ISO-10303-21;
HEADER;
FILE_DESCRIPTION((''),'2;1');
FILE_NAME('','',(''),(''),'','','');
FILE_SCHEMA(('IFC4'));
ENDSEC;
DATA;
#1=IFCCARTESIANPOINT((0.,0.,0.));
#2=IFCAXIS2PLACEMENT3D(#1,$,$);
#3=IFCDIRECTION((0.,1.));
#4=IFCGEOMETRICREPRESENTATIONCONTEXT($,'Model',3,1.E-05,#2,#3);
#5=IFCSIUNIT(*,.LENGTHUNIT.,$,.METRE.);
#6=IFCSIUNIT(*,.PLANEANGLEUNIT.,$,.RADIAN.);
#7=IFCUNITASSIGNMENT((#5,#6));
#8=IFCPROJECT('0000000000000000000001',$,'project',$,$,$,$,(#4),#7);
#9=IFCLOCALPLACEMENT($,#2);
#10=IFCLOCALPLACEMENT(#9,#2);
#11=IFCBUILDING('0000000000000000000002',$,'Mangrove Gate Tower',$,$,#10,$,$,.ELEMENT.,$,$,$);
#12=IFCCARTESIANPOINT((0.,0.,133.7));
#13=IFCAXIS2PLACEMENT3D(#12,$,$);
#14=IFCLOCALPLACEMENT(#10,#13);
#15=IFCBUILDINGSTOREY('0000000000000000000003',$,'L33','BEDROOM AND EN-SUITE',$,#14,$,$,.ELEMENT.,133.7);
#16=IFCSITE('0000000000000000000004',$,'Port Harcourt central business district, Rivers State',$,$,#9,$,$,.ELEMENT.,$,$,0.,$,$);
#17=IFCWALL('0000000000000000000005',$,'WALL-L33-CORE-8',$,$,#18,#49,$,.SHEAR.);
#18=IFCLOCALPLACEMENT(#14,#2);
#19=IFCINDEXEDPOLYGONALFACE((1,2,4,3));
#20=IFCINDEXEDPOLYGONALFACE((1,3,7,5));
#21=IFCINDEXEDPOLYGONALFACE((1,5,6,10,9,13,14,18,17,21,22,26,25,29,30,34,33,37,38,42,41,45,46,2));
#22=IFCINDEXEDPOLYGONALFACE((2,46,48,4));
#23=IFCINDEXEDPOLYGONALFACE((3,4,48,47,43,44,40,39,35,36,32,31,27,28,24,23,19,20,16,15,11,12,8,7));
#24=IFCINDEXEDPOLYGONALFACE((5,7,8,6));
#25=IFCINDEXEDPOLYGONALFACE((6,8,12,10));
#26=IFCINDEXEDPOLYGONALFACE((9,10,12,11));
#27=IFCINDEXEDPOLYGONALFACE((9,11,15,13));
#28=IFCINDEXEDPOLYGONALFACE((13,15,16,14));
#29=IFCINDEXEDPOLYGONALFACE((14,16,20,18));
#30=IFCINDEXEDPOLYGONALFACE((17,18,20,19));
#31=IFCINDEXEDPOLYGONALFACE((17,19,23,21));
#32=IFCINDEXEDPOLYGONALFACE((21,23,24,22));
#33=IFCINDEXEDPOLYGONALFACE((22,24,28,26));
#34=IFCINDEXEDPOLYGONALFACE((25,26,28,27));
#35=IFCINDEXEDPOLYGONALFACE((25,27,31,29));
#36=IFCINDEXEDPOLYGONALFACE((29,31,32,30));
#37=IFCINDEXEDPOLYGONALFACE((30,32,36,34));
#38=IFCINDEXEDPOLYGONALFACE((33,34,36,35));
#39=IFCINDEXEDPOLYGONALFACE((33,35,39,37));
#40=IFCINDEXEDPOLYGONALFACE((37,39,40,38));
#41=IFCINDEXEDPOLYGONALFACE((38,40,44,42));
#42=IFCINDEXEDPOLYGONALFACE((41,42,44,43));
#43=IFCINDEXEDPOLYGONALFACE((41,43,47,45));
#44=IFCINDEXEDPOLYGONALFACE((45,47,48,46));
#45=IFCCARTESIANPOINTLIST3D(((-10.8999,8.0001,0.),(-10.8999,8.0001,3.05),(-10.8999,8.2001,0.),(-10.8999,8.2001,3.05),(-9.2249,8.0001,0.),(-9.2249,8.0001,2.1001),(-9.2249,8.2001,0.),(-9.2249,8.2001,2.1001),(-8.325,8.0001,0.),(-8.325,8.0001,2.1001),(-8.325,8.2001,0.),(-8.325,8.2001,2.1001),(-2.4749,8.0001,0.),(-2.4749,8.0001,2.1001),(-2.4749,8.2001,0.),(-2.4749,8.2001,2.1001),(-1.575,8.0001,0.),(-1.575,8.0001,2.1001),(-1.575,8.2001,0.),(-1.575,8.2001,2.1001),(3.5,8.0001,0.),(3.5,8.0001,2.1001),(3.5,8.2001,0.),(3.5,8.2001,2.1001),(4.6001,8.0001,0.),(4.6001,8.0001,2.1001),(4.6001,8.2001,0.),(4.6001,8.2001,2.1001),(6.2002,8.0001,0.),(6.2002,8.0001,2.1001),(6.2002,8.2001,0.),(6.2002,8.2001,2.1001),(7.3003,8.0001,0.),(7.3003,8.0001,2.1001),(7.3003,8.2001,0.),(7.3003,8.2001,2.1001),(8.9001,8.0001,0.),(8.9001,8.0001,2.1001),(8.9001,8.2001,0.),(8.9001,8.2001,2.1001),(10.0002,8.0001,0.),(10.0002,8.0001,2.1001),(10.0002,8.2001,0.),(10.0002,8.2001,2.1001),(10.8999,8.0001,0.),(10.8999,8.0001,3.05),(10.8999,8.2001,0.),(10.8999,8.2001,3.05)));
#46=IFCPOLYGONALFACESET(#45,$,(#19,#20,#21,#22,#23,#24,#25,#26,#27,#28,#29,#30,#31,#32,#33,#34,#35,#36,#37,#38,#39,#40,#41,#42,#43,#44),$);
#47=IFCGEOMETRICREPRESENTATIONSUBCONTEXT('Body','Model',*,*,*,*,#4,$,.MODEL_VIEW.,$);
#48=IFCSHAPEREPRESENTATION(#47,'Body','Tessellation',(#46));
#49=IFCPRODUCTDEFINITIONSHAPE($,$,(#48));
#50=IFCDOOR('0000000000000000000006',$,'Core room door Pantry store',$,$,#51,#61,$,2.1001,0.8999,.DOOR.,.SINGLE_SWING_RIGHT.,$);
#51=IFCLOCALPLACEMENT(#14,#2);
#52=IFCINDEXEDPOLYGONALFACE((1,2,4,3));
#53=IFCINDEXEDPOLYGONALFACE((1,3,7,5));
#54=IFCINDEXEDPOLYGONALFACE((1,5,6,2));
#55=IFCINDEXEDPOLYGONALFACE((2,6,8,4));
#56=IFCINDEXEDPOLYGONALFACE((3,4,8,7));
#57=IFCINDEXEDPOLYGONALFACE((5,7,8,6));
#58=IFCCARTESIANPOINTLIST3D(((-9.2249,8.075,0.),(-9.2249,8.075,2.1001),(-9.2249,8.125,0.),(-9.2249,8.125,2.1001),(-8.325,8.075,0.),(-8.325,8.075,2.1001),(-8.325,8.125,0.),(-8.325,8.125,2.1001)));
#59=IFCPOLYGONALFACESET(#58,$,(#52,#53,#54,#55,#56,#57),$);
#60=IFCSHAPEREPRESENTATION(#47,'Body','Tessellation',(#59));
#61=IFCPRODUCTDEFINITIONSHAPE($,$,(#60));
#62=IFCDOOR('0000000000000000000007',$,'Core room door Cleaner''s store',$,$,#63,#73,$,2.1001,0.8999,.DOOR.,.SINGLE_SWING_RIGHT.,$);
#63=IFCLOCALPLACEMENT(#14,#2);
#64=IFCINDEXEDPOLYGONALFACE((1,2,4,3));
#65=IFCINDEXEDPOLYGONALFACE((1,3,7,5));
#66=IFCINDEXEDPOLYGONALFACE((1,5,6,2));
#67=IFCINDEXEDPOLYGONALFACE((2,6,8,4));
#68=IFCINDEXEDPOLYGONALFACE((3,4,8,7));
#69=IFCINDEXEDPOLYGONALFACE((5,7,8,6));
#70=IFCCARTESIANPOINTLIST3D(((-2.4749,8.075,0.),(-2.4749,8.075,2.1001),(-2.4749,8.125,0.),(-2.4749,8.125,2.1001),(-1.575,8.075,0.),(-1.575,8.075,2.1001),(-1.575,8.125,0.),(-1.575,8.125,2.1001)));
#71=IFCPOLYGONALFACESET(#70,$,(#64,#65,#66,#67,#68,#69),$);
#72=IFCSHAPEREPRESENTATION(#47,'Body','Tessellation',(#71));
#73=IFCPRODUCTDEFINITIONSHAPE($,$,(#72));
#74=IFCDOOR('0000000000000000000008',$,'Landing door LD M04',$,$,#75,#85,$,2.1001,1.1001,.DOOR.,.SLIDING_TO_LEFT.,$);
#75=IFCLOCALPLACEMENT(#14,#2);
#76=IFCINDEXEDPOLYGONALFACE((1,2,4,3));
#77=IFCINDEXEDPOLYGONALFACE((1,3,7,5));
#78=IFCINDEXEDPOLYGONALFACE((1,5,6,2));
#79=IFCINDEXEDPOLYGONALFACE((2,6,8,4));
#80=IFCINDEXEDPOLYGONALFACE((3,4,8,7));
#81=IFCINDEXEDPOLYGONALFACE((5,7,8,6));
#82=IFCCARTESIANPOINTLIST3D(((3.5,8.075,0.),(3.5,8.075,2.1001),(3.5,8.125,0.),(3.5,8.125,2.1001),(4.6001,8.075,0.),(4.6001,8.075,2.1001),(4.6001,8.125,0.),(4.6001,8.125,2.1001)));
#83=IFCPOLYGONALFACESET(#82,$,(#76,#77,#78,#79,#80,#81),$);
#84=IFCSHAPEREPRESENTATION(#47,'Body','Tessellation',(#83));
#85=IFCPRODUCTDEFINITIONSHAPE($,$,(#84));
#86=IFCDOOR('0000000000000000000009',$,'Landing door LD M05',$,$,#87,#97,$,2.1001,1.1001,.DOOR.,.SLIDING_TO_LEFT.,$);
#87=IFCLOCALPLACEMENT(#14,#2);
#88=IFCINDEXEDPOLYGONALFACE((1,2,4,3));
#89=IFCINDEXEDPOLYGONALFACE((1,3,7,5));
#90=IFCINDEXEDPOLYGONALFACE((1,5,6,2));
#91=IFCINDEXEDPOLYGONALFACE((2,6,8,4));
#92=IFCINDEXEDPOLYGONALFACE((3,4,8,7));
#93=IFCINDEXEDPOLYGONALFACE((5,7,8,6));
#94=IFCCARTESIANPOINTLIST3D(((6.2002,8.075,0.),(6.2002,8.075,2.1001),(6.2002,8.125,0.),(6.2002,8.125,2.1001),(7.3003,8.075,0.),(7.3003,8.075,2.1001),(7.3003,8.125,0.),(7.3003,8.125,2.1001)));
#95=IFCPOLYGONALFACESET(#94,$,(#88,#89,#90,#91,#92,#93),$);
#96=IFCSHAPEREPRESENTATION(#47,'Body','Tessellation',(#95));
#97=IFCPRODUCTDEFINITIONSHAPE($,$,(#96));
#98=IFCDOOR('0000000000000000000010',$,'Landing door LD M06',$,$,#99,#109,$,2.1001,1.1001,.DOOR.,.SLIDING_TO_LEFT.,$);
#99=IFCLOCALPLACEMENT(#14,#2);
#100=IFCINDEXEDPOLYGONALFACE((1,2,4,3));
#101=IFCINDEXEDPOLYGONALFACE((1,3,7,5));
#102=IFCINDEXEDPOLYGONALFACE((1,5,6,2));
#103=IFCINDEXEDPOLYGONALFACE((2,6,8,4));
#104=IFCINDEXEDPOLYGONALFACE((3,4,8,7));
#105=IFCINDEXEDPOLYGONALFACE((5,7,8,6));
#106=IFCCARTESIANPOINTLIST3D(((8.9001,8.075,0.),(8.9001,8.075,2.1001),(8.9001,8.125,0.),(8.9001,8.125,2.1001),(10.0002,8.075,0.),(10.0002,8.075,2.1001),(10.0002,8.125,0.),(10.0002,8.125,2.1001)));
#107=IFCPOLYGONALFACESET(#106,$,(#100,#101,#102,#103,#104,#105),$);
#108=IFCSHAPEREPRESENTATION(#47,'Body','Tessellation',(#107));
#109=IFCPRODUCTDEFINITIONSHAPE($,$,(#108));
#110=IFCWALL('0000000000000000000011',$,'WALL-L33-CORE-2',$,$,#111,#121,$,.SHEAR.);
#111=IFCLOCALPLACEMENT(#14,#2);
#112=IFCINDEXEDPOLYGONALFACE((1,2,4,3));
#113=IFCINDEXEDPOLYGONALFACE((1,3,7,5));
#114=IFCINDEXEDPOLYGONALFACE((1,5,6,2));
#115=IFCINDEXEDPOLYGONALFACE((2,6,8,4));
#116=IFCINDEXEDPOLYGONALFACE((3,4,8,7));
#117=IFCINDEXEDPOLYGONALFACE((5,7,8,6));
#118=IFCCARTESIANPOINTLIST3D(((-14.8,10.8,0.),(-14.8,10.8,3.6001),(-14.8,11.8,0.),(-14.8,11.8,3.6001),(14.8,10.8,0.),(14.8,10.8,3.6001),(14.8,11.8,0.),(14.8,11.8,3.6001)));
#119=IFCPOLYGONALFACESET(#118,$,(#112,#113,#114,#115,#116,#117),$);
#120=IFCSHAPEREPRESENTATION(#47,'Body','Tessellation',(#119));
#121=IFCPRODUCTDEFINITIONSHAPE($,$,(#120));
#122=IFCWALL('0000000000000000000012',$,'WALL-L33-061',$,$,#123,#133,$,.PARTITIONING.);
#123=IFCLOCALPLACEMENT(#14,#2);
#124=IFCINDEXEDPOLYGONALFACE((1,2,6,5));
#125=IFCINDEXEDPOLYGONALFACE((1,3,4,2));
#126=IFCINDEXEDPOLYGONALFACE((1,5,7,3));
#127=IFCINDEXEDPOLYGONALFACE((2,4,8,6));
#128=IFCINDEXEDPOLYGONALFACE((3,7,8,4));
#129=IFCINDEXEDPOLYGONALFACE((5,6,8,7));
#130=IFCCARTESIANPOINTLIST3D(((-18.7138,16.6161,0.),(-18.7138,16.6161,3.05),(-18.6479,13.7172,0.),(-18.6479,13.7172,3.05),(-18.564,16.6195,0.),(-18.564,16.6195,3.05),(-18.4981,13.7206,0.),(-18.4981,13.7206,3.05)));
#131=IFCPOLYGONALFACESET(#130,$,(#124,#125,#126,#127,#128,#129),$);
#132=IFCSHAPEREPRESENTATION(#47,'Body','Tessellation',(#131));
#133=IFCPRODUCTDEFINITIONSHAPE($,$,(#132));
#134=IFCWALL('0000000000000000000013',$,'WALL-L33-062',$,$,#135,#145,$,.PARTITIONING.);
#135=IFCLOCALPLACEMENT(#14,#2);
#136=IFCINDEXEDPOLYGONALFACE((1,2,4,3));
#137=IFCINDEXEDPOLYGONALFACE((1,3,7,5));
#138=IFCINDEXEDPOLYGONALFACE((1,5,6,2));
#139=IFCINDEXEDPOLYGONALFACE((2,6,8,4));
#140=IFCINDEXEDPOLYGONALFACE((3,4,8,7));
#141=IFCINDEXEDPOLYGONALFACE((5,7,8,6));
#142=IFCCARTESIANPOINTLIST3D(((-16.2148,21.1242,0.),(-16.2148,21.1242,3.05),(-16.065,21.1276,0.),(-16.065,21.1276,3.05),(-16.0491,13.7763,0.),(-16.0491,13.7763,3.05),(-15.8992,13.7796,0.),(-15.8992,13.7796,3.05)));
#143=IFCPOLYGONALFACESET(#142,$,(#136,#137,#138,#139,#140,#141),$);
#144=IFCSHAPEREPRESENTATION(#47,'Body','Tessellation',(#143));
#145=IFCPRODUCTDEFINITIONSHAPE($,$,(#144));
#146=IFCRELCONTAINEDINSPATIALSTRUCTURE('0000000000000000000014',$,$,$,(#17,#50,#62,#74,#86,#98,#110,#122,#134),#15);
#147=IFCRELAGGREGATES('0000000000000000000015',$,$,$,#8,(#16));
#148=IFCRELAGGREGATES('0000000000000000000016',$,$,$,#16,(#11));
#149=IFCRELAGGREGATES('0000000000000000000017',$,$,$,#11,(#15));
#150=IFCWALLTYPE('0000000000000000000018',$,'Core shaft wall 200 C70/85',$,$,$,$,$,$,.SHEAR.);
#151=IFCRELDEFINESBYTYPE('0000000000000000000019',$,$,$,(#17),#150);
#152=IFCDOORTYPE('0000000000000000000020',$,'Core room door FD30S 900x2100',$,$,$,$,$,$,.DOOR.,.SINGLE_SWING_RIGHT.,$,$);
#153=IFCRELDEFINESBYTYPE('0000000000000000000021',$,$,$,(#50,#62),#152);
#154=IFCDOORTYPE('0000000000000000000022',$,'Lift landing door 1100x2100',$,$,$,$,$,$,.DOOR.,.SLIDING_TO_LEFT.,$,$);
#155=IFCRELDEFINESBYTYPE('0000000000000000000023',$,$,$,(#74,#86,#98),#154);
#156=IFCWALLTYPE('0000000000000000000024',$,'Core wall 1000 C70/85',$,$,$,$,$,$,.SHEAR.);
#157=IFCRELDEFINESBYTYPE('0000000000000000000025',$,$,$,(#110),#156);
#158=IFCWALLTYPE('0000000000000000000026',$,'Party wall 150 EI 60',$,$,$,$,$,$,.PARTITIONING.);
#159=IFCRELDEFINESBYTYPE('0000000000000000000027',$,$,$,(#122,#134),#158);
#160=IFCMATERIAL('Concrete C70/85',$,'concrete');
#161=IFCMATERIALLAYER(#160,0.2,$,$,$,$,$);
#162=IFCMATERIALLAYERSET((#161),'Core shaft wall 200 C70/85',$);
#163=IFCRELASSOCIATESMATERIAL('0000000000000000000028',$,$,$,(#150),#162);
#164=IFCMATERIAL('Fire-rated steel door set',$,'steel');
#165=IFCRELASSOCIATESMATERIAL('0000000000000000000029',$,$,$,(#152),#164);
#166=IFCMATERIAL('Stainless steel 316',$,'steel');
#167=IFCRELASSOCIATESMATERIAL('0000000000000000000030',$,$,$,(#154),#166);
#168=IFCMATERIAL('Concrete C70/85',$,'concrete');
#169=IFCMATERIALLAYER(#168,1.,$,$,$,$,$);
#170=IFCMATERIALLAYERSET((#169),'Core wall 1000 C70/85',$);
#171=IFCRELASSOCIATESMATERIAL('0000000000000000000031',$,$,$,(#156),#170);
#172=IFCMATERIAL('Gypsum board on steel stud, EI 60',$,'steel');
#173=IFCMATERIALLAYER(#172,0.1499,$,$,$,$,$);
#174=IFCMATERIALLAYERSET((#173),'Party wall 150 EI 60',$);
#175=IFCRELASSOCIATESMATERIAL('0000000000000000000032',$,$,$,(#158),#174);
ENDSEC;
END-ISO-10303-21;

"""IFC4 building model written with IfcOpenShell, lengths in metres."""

from ifc_helpers import new_model, si_unit, direction, frame, frame_2d, origin, place, context, subcontext, project, spatial, rectangle, extrude, material, layer, layer_set, type_object, element, fill, save


model = new_model("IFC4")

# Units and contexts
model_context = context("Model", 3, precision=1e-05, world=origin(), true_north=direction((0.0, 1.0)))
body_context = subcontext(model_context, "Body", "Model", "MODEL_VIEW")
ifc_project = project(units=[si_unit("LENGTHUNIT", "METRE"), si_unit("PLANEANGLEUNIT", "RADIAN")], contexts=[model_context])

# Site, building, storey
site_placement = place(None, origin())
site = spatial("IfcSite", under=ifc_project, at=site_placement, Name="Port Harcourt central business district, Rivers State", CompositionType="ELEMENT", RefElevation=0.0)
building_placement = place(site_placement, origin())
building = spatial("IfcBuilding", under=site, at=building_placement, Name="Mangrove Gate Tower", CompositionType="ELEMENT")
storey_placement = place(building_placement, frame((0.0, 0.0, 133.7)))
storey = spatial("IfcBuildingStorey", under=building, at=storey_placement, Name="L33", Description="BEDROOM AND EN-SUITE", CompositionType="ELEMENT", Elevation=133.7)

# Wall, openings, doors
ifc_material_1 = material(Name="Concrete C70/85", Category="concrete")
ifc_layer_1 = layer(ifc_material_1, 0.2)
ifc_layer_set_1 = layer_set([ifc_layer_1], Name="Core shaft wall 200 C70/85")
wall_type_1 = type_object("IfcWallType", Name="Core shaft wall 200 C70/85", PredefinedType="SHEAR", material=ifc_layer_set_1)
ifc_material_2 = material(Name="Fire-rated steel door set", Category="steel")
door_type_1 = type_object("IfcDoorType", Name="Core room door FD30S 900x2100", OperationType="SINGLE_SWING_RIGHT", PredefinedType="DOOR", material=ifc_material_2)
ifc_material_3 = material(Name="Stainless steel 316", Category="steel")
door_type_2 = type_object("IfcDoorType", Name="Lift landing door 1100x2100", OperationType="SLIDING_TO_LEFT", PredefinedType="DOOR", material=ifc_material_3)
wall_1_placement = place(storey_placement, frame((-10.8999, 8.1001, 0.0), z_axis=(0.0, 0.0, 1.0), x_axis=(1.0, 0.0, 0.0)))
wall_1 = element("IfcWall", 1, at=wall_1_placement, inside=storey, type_object=wall_type_1, Name="WALL-L33-CORE-8", PredefinedType="SHEAR", context=body_context, shape_type="SweptSolid", body=[
    extrude(rectangle(XDim=21.7998, YDim=0.2, at=frame_2d((10.8999, 0.0))), origin(), (0.0, 0.0, 1.0), 3.05),
])
opening_1_placement = place(wall_1_placement, frame((14.3999, 0.0, 0.0)))
opening_1 = element("IfcOpeningElement", 2, at=opening_1_placement, cuts=wall_1, PredefinedType="OPENING", context=body_context, shape_type="SweptSolid", body=[
    extrude(rectangle(XDim=1.1001, YDim=2.1001, at=frame_2d((0.55, 1.05))), frame((0.0, 0.1099, 0.0), z_axis=(0.0, -1.0, 0.0), x_axis=(1.0, 0.0, 0.0)), (0.0, 0.0, 1.0), 0.22),
])
opening_2_placement = place(wall_1_placement, frame((17.1001, 0.0, 0.0)))
opening_2 = element("IfcOpeningElement", 3, at=opening_2_placement, cuts=wall_1, PredefinedType="OPENING", context=body_context, shape_type="SweptSolid", body=[
    extrude(rectangle(XDim=1.1001, YDim=2.1001, at=frame_2d((0.55, 1.05))), frame((0.0, 0.1099, 0.0), z_axis=(0.0, -1.0, 0.0), x_axis=(1.0, 0.0, 0.0)), (0.0, 0.0, 1.0), 0.22),
])
opening_3_placement = place(wall_1_placement, frame((19.8, 0.0, 0.0)))
opening_3 = element("IfcOpeningElement", 4, at=opening_3_placement, cuts=wall_1, PredefinedType="OPENING", context=body_context, shape_type="SweptSolid", body=[
    extrude(rectangle(XDim=1.1001, YDim=2.1001, at=frame_2d((0.55, 1.05))), frame((0.0, 0.1099, 0.0), z_axis=(0.0, -1.0, 0.0), x_axis=(1.0, 0.0, 0.0)), (0.0, 0.0, 1.0), 0.22),
])
opening_4_placement = place(wall_1_placement, frame((1.675, 0.0, 0.0)))
opening_4 = element("IfcOpeningElement", 5, at=opening_4_placement, cuts=wall_1, PredefinedType="OPENING", context=body_context, shape_type="SweptSolid", body=[
    extrude(rectangle(XDim=0.8999, YDim=2.1001, at=frame_2d((0.45, 1.05))), frame((0.0, 0.1099, 0.0), z_axis=(0.0, -1.0, 0.0), x_axis=(1.0, 0.0, 0.0)), (0.0, 0.0, 1.0), 0.22),
])
opening_5_placement = place(wall_1_placement, frame((8.425, 0.0, 0.0)))
opening_5 = element("IfcOpeningElement", 6, at=opening_5_placement, cuts=wall_1, PredefinedType="OPENING", context=body_context, shape_type="SweptSolid", body=[
    extrude(rectangle(XDim=0.8999, YDim=2.1001, at=frame_2d((0.45, 1.05))), frame((0.0, 0.1099, 0.0), z_axis=(0.0, -1.0, 0.0), x_axis=(1.0, 0.0, 0.0)), (0.0, 0.0, 1.0), 0.22),
])
door_1_placement = place(opening_4_placement, origin())
door_1 = element("IfcDoor", 7, at=door_1_placement, inside=storey, type_object=door_type_1, Name="Core room door Pantry store", OperationType="SINGLE_SWING_RIGHT", OverallHeight=2.1001, OverallWidth=0.8999, PredefinedType="DOOR", context=body_context, shape_type="SweptSolid", body=[
    extrude(rectangle(XDim=0.8999, YDim=2.1001, at=frame_2d((0.45, 1.05))), frame((0.0, 0.0249, 0.0), z_axis=(0.0, -1.0, 0.0), x_axis=(1.0, 0.0, 0.0)), (0.0, 0.0, 1.0), 0.05),
])
fill(opening_4, door_1)
door_2_placement = place(opening_5_placement, origin())
door_2 = element("IfcDoor", 8, at=door_2_placement, inside=storey, type_object=door_type_1, Name="Core room door Cleaner's store", OperationType="SINGLE_SWING_RIGHT", OverallHeight=2.1001, OverallWidth=0.8999, PredefinedType="DOOR", context=body_context, shape_type="SweptSolid", body=[
    extrude(rectangle(XDim=0.8999, YDim=2.1001, at=frame_2d((0.45, 1.05))), frame((0.0, 0.0249, 0.0), z_axis=(0.0, -1.0, 0.0), x_axis=(1.0, 0.0, 0.0)), (0.0, 0.0, 1.0), 0.05),
])
fill(opening_5, door_2)
door_3_placement = place(opening_1_placement, origin())
door_3 = element("IfcDoor", 9, at=door_3_placement, inside=storey, type_object=door_type_2, Name="Landing door LD M04", OperationType="SLIDING_TO_LEFT", OverallHeight=2.1001, OverallWidth=1.1001, PredefinedType="DOOR", context=body_context, shape_type="SweptSolid", body=[
    extrude(rectangle(XDim=1.1001, YDim=2.1001, at=frame_2d((0.55, 1.05))), frame((0.0, 0.0249, 0.0), z_axis=(0.0, -1.0, 0.0), x_axis=(1.0, 0.0, 0.0)), (0.0, 0.0, 1.0), 0.05),
])
fill(opening_1, door_3)
door_4_placement = place(opening_2_placement, origin())
door_4 = element("IfcDoor", 10, at=door_4_placement, inside=storey, type_object=door_type_2, Name="Landing door LD M05", OperationType="SLIDING_TO_LEFT", OverallHeight=2.1001, OverallWidth=1.1001, PredefinedType="DOOR", context=body_context, shape_type="SweptSolid", body=[
    extrude(rectangle(XDim=1.1001, YDim=2.1001, at=frame_2d((0.55, 1.05))), frame((0.0, 0.0249, 0.0), z_axis=(0.0, -1.0, 0.0), x_axis=(1.0, 0.0, 0.0)), (0.0, 0.0, 1.0), 0.05),
])
fill(opening_2, door_4)
door_5_placement = place(opening_3_placement, origin())
door_5 = element("IfcDoor", 11, at=door_5_placement, inside=storey, type_object=door_type_2, Name="Landing door LD M06", OperationType="SLIDING_TO_LEFT", OverallHeight=2.1001, OverallWidth=1.1001, PredefinedType="DOOR", context=body_context, shape_type="SweptSolid", body=[
    extrude(rectangle(XDim=1.1001, YDim=2.1001, at=frame_2d((0.55, 1.05))), frame((0.0, 0.0249, 0.0), z_axis=(0.0, -1.0, 0.0), x_axis=(1.0, 0.0, 0.0)), (0.0, 0.0, 1.0), 0.05),
])
fill(opening_3, door_5)

# Walls
ifc_material_4 = material(Name="Concrete C70/85", Category="concrete")
ifc_layer_2 = layer(ifc_material_4, 1.0)
ifc_layer_set_2 = layer_set([ifc_layer_2], Name="Core wall 1000 C70/85")
wall_type_2 = type_object("IfcWallType", Name="Core wall 1000 C70/85", PredefinedType="SHEAR", material=ifc_layer_set_2)
wall_2_placement = place(storey_placement, frame((-14.8, 11.3, 0.0), z_axis=(0.0, 0.0, 1.0), x_axis=(1.0, 0.0, 0.0)))
element("IfcWall", 12, at=wall_2_placement, inside=storey, type_object=wall_type_2, Name="WALL-L33-CORE-2", PredefinedType="SHEAR", context=body_context, shape_type="SweptSolid", body=[
    extrude(rectangle(XDim=29.6001, YDim=1.0, at=frame_2d((14.8, 0.0))), origin(), (0.0, 0.0, 1.0), 3.6001),
])
ifc_material_5 = material(Name="Gypsum board on steel stud, EI 60", Category="steel")
ifc_layer_3 = layer(ifc_material_5, 0.1499)
ifc_layer_set_3 = layer_set([ifc_layer_3], Name="Party wall 150 EI 60")
wall_type_3 = type_object("IfcWallType", Name="Party wall 150 EI 60", PredefinedType="PARTITIONING", material=ifc_layer_set_3)
wall_3_placement = place(storey_placement, frame((-18.573, 13.719, 0.0), z_axis=(0.0, 0.0, 1.0), x_axis=(-0.022733, 0.999742, 0.0)))
element("IfcWall", 13, at=wall_3_placement, inside=storey, type_object=wall_type_3, Name="WALL-L33-061", PredefinedType="PARTITIONING", context=body_context, shape_type="SweptSolid", body=[
    extrude(rectangle(XDim=2.8997, YDim=0.1499, at=frame_2d((1.4497, 0.0))), origin(), (0.0, 0.0, 1.0), 3.05),
])
wall_4_placement = place(storey_placement, frame((-15.9741, 13.7781, 0.0), z_axis=(0.0, 0.0, 1.0), x_axis=(-0.022555, 0.999746, 0.0)))
element("IfcWall", 14, at=wall_4_placement, inside=storey, type_object=wall_type_3, Name="WALL-L33-062", PredefinedType="PARTITIONING", context=body_context, shape_type="SweptSolid", body=[
    extrude(rectangle(XDim=7.3499, YDim=0.1499, at=frame_2d((3.6748, 0.0))), origin(), (0.0, 0.0, 1.0), 3.05),
])

save(model, "model.ifc")
